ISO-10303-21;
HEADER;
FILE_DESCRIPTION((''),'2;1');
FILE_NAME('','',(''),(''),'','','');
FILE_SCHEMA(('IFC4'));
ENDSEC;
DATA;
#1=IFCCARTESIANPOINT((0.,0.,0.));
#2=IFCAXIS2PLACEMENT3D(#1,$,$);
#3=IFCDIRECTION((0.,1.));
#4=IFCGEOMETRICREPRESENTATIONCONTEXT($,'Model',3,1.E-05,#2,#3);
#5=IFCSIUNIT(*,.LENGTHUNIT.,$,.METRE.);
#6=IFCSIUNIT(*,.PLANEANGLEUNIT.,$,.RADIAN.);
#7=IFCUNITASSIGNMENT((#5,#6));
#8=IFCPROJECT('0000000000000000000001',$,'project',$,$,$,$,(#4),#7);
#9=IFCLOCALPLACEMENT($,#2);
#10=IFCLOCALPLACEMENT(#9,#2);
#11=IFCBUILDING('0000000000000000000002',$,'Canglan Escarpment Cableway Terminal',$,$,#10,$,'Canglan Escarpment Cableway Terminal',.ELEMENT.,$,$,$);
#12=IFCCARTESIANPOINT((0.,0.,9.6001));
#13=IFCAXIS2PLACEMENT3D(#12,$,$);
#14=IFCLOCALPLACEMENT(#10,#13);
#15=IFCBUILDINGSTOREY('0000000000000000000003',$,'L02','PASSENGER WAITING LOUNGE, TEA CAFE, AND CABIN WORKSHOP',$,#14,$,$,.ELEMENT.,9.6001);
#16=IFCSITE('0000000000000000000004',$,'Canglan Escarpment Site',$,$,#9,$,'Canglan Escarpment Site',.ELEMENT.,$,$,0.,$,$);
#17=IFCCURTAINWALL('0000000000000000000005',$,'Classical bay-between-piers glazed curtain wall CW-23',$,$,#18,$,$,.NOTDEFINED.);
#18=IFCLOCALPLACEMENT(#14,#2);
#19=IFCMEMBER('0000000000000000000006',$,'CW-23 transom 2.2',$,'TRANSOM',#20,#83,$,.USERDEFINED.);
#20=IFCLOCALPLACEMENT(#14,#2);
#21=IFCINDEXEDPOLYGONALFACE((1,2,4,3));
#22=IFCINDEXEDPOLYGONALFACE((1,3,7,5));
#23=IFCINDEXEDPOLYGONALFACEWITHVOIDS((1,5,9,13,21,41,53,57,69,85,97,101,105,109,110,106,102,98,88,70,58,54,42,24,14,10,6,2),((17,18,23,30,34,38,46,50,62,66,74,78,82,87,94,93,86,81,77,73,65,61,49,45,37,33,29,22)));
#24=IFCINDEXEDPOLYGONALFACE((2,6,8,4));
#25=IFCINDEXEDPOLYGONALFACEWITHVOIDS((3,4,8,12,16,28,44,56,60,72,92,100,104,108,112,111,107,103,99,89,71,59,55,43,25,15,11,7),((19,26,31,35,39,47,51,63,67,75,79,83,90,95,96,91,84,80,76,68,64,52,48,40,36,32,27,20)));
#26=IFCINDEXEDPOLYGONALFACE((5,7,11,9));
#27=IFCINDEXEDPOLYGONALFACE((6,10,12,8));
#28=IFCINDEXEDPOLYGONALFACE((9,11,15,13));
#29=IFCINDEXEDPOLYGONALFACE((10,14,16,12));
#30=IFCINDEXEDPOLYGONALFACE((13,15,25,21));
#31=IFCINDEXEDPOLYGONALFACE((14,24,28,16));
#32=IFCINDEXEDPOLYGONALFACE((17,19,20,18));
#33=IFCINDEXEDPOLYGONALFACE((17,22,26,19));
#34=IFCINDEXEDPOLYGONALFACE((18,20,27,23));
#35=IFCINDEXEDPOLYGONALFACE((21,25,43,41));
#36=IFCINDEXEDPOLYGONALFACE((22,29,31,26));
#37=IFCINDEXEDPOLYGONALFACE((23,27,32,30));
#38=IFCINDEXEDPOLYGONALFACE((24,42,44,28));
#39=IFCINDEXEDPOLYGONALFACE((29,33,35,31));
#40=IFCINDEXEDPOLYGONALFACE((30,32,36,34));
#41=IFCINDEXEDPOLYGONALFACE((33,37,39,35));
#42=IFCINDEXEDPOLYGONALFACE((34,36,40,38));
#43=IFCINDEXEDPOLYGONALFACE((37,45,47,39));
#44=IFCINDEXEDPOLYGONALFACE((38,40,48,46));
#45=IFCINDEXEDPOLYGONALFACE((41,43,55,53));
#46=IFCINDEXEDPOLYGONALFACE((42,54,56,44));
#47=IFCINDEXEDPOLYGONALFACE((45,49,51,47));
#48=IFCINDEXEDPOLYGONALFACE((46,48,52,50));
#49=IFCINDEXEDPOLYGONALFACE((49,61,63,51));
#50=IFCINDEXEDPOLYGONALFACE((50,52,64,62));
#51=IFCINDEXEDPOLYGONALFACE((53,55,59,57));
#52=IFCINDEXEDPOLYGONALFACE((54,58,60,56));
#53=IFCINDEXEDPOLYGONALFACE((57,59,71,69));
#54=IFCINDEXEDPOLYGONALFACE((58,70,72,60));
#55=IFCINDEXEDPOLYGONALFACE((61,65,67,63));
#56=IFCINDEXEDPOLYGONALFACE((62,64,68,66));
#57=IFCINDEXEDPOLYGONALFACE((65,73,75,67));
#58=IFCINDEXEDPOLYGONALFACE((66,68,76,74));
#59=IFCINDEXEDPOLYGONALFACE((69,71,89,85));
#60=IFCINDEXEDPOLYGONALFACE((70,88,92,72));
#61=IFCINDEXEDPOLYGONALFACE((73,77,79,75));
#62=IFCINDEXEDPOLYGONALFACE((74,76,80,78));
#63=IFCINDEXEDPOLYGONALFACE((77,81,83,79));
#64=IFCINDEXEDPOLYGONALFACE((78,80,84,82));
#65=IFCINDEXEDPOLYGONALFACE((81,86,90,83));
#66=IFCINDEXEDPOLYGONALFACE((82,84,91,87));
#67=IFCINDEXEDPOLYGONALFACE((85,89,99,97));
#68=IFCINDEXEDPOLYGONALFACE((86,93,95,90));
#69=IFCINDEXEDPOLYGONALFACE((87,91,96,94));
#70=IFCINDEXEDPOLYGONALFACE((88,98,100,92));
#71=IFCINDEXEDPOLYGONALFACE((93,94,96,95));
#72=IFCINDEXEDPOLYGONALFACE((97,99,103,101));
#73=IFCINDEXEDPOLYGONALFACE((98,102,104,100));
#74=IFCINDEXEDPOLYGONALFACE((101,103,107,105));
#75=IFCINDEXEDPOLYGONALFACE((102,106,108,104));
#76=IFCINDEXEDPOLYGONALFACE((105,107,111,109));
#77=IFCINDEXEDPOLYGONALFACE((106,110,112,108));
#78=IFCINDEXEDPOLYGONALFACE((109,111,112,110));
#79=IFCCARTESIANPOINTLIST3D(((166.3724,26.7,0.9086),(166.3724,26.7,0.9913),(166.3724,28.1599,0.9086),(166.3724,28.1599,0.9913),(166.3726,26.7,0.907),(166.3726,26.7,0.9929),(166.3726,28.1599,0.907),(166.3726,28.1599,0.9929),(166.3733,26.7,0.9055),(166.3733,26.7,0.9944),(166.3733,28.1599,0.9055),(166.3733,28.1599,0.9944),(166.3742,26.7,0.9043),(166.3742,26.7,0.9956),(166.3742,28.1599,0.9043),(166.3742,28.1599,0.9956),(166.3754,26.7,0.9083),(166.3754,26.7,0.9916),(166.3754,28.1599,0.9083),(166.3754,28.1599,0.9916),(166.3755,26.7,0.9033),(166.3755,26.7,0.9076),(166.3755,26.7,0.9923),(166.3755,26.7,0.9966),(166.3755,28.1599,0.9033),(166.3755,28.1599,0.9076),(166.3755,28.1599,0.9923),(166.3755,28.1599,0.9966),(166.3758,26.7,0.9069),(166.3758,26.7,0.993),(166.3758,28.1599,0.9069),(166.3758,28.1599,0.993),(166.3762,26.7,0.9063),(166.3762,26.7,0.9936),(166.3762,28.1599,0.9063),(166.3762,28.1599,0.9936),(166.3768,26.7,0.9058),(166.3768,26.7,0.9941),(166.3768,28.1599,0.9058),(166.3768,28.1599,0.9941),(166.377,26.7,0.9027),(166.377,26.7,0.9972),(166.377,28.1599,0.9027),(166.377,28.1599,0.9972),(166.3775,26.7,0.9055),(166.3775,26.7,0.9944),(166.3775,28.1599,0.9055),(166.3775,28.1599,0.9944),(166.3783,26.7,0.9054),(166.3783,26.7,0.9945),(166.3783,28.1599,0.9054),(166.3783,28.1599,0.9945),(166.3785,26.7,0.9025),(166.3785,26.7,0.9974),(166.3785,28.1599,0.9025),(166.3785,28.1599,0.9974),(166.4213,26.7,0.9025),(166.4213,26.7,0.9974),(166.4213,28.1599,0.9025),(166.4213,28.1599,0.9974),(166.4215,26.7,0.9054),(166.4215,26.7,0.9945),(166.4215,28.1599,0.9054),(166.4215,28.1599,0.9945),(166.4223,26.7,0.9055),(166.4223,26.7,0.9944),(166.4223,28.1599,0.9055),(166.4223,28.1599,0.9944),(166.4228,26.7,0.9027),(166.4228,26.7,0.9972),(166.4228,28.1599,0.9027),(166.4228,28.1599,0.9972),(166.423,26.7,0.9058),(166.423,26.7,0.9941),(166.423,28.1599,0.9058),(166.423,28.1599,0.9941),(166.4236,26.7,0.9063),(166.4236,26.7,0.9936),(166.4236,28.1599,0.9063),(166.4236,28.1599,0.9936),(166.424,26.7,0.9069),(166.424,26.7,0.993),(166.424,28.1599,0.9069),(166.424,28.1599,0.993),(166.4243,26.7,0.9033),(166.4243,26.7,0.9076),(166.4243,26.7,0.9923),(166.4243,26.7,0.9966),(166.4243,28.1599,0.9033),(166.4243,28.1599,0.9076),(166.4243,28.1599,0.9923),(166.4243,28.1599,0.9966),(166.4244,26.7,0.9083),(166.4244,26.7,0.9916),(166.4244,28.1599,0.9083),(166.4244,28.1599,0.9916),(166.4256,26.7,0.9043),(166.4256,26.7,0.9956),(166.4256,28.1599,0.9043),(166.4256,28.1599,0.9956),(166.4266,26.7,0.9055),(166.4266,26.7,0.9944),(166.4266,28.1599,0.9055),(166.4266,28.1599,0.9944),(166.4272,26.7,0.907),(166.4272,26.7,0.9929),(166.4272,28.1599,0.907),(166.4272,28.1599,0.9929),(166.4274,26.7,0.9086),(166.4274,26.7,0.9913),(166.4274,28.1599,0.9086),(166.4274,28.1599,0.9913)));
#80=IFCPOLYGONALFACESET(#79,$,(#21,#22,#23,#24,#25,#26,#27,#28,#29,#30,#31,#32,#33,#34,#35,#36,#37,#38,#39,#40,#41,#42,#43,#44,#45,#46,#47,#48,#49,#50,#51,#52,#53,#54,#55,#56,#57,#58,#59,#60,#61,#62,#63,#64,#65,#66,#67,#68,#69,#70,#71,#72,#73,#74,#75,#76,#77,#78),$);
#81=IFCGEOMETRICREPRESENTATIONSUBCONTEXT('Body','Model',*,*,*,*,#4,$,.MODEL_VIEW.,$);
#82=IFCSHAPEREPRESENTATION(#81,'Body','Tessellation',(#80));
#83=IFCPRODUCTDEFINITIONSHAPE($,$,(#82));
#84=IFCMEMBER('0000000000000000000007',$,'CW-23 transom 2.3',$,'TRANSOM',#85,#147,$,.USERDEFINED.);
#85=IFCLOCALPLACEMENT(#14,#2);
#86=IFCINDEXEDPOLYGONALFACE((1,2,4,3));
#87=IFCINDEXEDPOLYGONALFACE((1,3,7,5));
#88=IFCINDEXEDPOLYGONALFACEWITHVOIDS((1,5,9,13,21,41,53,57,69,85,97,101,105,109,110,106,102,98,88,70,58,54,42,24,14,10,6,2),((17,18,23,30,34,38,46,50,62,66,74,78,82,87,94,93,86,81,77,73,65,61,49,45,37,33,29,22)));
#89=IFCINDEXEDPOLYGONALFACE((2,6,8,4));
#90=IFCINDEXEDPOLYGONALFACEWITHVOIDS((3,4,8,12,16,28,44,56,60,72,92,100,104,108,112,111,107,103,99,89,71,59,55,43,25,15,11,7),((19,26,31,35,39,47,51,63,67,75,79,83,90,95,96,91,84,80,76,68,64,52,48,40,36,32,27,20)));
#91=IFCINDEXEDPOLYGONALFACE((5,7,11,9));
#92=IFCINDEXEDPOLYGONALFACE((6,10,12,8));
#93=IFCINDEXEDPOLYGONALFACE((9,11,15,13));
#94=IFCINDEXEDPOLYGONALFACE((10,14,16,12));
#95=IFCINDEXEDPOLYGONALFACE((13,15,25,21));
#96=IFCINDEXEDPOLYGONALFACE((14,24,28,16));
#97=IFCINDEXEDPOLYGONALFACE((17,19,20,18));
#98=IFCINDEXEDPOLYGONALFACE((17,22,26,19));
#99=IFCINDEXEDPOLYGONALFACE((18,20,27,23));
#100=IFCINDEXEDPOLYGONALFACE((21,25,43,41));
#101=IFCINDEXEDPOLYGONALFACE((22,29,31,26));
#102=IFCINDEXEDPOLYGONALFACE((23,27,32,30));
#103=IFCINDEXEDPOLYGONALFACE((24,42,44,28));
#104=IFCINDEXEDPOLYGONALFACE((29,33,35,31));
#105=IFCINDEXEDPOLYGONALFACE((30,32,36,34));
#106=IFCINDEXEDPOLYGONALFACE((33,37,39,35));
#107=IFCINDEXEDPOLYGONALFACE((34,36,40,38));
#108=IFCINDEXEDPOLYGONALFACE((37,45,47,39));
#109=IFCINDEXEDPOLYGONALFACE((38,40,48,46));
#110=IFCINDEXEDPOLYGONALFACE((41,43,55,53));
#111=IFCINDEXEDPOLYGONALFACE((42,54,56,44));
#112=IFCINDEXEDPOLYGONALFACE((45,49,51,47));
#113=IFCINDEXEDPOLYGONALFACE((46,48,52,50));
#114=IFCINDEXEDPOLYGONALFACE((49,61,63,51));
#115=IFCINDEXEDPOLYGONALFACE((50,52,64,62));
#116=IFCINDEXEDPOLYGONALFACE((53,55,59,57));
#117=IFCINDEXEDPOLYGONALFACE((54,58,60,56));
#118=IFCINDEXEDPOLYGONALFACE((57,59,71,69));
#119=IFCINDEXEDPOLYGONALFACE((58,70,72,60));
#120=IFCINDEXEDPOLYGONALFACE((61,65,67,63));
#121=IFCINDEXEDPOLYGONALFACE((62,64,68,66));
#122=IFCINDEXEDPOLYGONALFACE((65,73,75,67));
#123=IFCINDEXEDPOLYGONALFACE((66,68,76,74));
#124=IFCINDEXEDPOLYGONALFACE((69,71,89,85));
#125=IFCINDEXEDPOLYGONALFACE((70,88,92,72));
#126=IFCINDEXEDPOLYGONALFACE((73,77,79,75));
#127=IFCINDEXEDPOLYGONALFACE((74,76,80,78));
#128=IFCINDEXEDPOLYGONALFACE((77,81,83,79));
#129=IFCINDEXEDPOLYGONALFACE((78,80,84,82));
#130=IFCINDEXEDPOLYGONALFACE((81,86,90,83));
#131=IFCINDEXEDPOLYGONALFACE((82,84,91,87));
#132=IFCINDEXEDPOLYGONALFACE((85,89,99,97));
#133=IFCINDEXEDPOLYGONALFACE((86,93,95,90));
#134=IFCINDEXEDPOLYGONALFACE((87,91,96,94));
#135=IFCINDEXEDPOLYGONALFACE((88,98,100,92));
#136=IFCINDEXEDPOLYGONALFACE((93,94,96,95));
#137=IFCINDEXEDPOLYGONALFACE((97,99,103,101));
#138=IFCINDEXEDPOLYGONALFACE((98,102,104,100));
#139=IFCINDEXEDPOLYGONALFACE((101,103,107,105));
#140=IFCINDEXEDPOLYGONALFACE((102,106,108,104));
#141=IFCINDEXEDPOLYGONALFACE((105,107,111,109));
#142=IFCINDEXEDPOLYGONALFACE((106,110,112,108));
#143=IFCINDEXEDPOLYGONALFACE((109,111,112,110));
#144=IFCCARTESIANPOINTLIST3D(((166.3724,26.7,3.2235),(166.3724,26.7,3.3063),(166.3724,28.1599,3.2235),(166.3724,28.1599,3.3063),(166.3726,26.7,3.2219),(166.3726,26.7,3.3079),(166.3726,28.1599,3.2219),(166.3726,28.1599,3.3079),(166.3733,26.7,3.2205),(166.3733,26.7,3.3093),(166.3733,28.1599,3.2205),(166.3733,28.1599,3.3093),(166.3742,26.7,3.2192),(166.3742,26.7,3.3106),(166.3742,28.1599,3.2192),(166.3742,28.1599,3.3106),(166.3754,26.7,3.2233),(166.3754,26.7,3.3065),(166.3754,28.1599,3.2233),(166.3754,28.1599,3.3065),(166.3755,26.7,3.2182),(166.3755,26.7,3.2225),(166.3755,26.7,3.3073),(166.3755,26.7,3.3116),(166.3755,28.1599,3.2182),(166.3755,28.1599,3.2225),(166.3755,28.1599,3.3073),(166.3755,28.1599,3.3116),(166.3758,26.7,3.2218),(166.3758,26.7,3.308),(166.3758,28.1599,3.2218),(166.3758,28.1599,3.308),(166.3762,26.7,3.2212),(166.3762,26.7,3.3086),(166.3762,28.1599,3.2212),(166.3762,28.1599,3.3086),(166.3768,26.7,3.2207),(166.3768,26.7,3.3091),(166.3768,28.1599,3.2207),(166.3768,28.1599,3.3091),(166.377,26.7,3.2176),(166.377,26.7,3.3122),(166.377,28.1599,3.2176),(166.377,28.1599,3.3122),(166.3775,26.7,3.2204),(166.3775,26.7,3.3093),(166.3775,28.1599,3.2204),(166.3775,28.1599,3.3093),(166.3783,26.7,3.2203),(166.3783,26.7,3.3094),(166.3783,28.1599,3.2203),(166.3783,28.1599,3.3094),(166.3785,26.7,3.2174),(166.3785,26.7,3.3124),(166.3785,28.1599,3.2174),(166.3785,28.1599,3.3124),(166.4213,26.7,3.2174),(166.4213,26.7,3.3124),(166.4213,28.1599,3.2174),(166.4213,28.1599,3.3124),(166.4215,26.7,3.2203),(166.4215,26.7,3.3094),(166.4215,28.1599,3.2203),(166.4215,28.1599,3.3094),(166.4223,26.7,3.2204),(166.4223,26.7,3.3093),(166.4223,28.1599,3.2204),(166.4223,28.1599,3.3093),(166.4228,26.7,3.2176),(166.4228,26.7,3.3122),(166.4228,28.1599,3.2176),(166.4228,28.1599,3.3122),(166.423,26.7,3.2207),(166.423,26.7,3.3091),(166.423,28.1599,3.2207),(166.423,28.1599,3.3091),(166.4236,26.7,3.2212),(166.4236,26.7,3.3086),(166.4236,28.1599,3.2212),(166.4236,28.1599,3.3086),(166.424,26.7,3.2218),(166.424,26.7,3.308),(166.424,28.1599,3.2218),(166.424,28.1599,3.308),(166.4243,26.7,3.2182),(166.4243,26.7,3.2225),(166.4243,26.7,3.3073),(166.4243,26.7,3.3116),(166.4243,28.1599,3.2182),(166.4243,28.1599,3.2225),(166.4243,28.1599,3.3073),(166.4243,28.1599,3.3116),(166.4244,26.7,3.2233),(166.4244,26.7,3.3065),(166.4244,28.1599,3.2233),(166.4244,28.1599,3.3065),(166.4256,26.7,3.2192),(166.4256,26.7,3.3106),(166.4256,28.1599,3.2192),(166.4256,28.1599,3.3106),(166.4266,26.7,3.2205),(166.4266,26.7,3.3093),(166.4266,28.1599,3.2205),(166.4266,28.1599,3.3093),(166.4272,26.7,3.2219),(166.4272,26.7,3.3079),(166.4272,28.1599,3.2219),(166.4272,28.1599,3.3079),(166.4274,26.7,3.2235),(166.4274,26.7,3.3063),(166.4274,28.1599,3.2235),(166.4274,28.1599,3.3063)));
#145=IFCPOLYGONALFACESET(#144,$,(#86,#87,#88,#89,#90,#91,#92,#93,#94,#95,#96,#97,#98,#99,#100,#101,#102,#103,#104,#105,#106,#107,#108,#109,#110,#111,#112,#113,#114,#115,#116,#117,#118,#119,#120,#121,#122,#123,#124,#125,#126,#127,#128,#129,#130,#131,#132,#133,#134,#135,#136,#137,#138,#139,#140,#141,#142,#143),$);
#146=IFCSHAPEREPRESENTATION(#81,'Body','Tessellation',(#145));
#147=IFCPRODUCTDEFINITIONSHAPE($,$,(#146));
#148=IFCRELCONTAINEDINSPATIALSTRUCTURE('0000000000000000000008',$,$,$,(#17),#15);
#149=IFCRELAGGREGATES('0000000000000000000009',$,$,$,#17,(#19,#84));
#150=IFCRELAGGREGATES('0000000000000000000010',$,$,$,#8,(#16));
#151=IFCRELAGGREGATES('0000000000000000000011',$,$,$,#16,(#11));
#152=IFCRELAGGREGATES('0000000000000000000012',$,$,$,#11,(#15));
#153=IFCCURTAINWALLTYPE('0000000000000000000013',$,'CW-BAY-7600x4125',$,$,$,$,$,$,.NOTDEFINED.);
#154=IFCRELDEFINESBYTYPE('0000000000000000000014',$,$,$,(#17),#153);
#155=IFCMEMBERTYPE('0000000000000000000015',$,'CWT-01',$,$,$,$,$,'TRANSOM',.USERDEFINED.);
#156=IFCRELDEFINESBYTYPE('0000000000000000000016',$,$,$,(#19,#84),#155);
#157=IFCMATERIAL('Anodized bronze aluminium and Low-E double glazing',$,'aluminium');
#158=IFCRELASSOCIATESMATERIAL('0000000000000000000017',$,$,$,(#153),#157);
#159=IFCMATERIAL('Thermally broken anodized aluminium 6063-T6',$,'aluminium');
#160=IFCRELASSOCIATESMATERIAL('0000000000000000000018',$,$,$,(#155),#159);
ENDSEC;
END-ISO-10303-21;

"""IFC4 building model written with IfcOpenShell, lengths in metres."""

from ifc_helpers import new_model, si_unit, direction, frame, origin, origin_2d, place, context, subcontext, project, spatial, hollow_rectangle, extrude, material, material_profile, profile_set, type_object, element, aggregate, save


model = new_model("IFC4")

# Units and contexts
model_context = context("Model", 3, precision=1e-05, world=origin(), true_north=direction((0.0, 1.0)))
body_context = subcontext(model_context, "Body", "Model", "MODEL_VIEW")
ifc_project = project(units=[si_unit("LENGTHUNIT", "METRE"), si_unit("PLANEANGLEUNIT", "RADIAN")], contexts=[model_context])

# Site, building, storey
site_placement = place(None, origin())
site = spatial("IfcSite", under=ifc_project, at=site_placement, Name="Canglan Escarpment Site", LongName="Canglan Escarpment Site", CompositionType="ELEMENT", RefElevation=0.0)
building_placement = place(site_placement, origin())
building = spatial("IfcBuilding", under=site, at=building_placement, Name="Canglan Escarpment Cableway Terminal", LongName="Canglan Escarpment Cableway Terminal", CompositionType="ELEMENT")
storey_placement = place(building_placement, frame((0.0, 0.0, 9.6001)))
storey = spatial("IfcBuildingStorey", under=building, at=storey_placement, Name="L02", Description="PASSENGER WAITING LOUNGE, TEA CAFE, AND CABIN WORKSHOP", CompositionType="ELEMENT", Elevation=9.6001)

# Curtain wall, members
ifc_material_1 = material(Name="Anodized bronze aluminium and Low-E double glazing", Category="aluminium")
curtain_wall_type = type_object("IfcCurtainWallType", Name="CW-BAY-7600x4125", PredefinedType="NOTDEFINED", material=ifc_material_1)
curtain_wall_placement = place(storey_placement, origin())
curtain_wall = element("IfcCurtainWall", 1, at=curtain_wall_placement, inside=storey, type_object=curtain_wall_type, Name="Classical bay-between-piers glazed curtain wall CW-23", PredefinedType="NOTDEFINED")
ifc_material_2 = material(Name="Thermally broken anodized aluminium 6063-T6", Category="aluminium")
ifc_material_profile_1 = material_profile(ifc_material_2, hollow_rectangle(XDim=0.0549, YDim=0.095, WallThickness=0.0029, InnerFilletRadius=0.0029, OuterFilletRadius=0.0061, at=origin_2d()), Name="ALU-TRAN 55x95x3")
ifc_profile_set_1 = profile_set([ifc_material_profile_1], Name="Thermally broken anodized aluminium 6063-T6")
member_type_1 = type_object("IfcMemberType", Name="CWT-01", ElementType="TRANSOM", PredefinedType="USERDEFINED", material=ifc_profile_set_1)
member_1_placement = place(storey_placement, frame((166.3999, 26.7, 0.95), z_axis=(0.0, 1.0, 0.0), x_axis=(-1.0, 0.0, 0.0)))
member_1 = element("IfcMember", 2, at=member_1_placement, type_object=member_type_1, Name="CW-23 transom 2.2", ObjectType="TRANSOM", PredefinedType="USERDEFINED", context=body_context, shape_type="SweptSolid", body=[
    extrude(hollow_rectangle(XDim=0.0549, YDim=0.095, WallThickness=0.0029, InnerFilletRadius=0.0029, OuterFilletRadius=0.0061, at=origin_2d()), origin(), (0.0, 0.0, 1.0), 1.46),
])
member_2_placement = place(storey_placement, frame((166.3999, 26.7, 3.2649), z_axis=(0.0, 1.0, 0.0), x_axis=(-1.0, 0.0, 0.0)))
member_2 = element("IfcMember", 3, at=member_2_placement, type_object=member_type_1, Name="CW-23 transom 2.3", ObjectType="TRANSOM", PredefinedType="USERDEFINED", context=body_context, shape_type="SweptSolid", body=[
    extrude(hollow_rectangle(XDim=0.0549, YDim=0.095, WallThickness=0.0029, InnerFilletRadius=0.0029, OuterFilletRadius=0.0061, at=origin_2d()), origin(), (0.0, 0.0, 1.0), 1.46),
])

aggregate(curtain_wall, [member_1, member_2])

save(model, "model.ifc")
